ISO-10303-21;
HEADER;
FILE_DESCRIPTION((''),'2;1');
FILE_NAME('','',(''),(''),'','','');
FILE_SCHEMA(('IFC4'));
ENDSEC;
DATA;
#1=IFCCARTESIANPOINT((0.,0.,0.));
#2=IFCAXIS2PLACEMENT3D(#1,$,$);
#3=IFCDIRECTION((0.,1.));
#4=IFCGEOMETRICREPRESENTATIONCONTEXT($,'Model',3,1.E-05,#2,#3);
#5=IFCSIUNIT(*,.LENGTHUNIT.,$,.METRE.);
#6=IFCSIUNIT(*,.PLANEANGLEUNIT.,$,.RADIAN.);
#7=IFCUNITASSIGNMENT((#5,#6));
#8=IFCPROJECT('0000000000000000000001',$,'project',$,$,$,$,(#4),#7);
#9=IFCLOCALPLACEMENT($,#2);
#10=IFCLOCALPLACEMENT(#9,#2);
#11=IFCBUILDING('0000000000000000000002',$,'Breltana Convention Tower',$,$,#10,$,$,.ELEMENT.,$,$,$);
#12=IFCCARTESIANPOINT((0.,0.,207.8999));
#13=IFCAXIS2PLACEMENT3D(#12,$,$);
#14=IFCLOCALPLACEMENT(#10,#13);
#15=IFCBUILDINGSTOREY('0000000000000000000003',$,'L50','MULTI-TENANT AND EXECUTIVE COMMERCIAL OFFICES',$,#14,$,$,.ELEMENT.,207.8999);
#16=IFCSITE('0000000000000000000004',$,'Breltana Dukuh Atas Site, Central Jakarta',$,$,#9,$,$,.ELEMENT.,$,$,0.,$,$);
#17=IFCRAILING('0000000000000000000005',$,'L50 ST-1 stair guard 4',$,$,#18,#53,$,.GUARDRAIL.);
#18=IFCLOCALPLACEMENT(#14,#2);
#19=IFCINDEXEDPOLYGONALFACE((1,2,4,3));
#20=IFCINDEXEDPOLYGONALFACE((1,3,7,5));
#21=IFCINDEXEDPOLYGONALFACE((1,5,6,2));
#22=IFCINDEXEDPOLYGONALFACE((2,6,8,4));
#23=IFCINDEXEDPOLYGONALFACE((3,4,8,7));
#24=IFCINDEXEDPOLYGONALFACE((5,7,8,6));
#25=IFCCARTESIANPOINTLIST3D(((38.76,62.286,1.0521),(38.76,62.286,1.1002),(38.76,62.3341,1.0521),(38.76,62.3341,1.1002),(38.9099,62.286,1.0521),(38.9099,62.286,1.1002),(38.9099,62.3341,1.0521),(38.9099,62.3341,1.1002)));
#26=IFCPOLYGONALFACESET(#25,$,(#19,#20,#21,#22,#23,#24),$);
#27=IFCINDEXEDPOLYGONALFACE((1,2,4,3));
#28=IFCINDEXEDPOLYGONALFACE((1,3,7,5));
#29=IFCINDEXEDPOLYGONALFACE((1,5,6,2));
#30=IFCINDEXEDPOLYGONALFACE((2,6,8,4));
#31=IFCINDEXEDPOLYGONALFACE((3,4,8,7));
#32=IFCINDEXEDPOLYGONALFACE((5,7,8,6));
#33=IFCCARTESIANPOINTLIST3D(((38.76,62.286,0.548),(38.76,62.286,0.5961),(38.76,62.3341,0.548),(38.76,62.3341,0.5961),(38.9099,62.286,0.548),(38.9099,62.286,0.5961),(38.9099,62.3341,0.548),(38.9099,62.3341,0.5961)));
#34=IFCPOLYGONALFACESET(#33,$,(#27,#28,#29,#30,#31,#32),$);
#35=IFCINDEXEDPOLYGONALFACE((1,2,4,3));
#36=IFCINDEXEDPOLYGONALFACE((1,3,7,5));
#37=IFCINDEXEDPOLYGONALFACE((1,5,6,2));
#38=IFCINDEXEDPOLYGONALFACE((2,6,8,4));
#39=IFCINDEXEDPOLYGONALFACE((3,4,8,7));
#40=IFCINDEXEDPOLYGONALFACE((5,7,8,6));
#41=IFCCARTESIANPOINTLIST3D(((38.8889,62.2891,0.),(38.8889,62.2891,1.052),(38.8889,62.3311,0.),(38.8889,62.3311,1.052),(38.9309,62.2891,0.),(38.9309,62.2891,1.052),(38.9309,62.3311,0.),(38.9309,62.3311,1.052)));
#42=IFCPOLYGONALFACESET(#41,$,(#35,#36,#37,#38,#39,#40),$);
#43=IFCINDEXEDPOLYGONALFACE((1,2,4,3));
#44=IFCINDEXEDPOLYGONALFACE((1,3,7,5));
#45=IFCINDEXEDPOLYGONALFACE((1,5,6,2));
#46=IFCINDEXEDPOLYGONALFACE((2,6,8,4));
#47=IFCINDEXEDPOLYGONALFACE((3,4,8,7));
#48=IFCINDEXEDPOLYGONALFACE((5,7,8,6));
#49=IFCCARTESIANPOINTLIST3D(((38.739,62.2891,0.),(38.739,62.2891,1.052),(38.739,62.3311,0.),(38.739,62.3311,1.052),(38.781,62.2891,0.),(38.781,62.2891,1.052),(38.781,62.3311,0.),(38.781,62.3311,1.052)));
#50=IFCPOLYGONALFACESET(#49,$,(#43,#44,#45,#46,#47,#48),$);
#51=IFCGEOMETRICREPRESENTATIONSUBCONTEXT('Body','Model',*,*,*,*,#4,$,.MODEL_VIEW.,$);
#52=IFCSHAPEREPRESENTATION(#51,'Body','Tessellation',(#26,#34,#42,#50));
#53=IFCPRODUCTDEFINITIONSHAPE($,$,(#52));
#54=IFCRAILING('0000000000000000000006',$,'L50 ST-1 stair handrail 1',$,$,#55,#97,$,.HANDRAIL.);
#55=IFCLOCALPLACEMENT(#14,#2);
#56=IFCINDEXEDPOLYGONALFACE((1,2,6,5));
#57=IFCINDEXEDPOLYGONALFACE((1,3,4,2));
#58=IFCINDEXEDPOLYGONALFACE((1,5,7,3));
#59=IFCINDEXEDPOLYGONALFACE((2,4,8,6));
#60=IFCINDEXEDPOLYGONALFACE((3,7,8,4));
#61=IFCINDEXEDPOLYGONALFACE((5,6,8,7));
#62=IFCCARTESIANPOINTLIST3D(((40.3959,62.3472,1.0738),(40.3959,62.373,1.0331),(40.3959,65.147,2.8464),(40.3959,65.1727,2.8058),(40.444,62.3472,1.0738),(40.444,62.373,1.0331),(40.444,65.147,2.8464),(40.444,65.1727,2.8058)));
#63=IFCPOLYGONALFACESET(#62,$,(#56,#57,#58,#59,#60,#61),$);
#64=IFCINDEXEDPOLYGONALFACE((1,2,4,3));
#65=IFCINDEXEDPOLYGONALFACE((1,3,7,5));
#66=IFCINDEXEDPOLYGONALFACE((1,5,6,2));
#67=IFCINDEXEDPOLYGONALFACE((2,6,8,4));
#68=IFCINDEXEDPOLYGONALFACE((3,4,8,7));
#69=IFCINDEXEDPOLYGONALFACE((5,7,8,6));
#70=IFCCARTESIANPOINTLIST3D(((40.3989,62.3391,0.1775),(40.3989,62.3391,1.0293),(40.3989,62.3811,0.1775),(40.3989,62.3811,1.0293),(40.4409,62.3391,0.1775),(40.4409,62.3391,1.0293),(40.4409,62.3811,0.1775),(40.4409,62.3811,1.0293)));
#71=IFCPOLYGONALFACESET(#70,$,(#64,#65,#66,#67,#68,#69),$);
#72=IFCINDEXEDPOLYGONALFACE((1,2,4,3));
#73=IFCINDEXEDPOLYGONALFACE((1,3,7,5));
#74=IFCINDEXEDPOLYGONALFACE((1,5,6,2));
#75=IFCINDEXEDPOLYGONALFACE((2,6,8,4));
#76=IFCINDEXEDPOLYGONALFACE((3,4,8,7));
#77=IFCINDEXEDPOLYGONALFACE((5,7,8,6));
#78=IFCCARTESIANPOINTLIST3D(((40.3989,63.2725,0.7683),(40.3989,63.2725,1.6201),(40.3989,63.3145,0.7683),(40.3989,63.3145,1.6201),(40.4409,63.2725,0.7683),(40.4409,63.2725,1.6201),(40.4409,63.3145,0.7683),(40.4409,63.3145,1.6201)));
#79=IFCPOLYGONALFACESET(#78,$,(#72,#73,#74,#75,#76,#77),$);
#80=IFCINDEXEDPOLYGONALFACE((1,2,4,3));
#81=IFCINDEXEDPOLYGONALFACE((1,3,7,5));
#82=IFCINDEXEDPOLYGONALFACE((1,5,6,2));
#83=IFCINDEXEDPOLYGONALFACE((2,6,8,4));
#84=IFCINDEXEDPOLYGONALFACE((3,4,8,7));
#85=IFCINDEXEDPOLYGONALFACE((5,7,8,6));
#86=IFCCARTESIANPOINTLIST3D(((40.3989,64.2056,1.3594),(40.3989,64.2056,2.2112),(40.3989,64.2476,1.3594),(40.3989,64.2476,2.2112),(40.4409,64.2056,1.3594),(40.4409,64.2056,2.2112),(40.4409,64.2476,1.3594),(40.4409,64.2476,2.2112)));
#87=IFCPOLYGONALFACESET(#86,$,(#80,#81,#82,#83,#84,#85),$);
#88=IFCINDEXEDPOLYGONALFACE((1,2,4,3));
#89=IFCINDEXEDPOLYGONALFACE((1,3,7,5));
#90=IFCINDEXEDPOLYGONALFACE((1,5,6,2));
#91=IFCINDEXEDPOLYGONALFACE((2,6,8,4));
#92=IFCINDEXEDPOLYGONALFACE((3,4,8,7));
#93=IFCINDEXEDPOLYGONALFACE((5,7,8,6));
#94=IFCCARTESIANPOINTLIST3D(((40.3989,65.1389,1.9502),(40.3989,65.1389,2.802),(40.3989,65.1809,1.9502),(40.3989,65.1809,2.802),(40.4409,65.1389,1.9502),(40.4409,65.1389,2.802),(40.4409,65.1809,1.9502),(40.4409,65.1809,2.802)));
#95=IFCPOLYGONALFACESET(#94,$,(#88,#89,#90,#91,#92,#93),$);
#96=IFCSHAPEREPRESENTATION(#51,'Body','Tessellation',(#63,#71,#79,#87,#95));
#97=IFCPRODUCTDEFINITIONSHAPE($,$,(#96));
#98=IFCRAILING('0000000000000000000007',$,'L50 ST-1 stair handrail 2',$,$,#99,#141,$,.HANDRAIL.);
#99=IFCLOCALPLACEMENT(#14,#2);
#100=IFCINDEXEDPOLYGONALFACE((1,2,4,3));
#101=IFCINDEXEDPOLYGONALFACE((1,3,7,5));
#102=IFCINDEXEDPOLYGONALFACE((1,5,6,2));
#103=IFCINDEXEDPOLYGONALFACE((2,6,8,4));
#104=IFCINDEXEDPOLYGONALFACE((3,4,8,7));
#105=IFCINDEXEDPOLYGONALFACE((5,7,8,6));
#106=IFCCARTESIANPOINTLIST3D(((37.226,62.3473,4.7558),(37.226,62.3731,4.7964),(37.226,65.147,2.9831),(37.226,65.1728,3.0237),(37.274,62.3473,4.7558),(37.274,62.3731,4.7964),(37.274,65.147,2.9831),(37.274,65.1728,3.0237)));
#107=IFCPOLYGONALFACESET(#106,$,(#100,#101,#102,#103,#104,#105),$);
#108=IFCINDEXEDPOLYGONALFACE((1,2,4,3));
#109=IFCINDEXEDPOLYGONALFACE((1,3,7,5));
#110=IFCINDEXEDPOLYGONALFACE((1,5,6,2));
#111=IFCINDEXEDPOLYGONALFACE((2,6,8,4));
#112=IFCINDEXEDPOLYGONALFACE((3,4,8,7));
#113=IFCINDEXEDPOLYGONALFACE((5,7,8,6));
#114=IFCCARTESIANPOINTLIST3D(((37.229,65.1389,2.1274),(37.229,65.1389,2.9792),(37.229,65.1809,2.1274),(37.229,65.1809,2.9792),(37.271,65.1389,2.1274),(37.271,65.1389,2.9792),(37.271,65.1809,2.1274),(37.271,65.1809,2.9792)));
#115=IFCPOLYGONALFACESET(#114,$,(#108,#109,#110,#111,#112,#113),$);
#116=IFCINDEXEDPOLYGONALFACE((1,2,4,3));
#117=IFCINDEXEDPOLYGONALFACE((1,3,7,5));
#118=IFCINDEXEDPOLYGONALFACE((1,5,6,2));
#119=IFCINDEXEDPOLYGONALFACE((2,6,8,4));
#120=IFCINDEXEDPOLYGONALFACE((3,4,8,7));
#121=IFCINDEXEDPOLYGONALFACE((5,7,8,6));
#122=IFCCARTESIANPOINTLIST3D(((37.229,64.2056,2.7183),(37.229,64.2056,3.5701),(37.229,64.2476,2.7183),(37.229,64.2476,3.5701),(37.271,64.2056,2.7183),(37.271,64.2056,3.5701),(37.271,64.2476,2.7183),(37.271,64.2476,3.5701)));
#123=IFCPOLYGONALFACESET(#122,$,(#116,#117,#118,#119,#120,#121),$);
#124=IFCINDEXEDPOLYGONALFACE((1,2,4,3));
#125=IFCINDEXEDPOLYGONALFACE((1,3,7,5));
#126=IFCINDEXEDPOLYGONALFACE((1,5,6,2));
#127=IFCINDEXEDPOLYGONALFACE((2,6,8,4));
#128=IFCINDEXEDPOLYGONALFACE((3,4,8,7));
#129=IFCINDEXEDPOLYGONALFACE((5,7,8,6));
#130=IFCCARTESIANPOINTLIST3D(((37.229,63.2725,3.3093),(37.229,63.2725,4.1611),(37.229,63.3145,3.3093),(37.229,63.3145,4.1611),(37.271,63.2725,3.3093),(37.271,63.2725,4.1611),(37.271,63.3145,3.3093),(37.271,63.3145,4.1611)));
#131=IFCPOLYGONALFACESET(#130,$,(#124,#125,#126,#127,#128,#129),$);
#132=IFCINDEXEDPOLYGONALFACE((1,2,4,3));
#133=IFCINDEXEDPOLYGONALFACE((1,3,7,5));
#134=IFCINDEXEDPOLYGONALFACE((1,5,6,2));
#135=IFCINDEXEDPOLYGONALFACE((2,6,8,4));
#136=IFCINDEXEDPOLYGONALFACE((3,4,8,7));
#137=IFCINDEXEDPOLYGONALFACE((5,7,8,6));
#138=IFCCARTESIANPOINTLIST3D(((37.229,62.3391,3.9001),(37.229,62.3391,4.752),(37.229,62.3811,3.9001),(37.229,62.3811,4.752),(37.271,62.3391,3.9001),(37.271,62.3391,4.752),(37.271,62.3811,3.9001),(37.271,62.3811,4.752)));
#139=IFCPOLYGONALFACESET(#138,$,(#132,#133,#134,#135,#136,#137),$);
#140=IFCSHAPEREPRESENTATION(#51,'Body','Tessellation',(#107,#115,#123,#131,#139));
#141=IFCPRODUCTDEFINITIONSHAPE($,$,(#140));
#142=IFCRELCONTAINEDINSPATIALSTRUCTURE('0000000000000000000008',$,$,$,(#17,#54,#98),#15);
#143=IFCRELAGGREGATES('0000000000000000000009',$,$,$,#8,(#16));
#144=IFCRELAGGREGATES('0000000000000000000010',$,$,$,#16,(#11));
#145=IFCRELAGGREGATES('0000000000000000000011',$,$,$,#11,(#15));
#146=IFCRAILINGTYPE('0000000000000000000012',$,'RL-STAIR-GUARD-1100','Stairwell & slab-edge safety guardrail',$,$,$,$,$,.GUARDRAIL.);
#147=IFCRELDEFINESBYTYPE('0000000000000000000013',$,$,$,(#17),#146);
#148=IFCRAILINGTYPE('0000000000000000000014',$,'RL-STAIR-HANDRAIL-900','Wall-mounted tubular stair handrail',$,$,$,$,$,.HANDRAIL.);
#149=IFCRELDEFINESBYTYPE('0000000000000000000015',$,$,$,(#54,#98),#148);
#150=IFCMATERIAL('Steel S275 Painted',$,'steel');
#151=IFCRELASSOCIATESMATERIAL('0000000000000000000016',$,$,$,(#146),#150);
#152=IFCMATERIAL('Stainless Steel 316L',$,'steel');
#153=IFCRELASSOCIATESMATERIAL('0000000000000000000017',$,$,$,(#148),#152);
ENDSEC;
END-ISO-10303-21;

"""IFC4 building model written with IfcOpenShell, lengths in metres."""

from ifc_helpers import new_model, si_unit, direction, frame, origin, origin_2d, place, context, subcontext, project, spatial, rectangle, extrude, material, type_object, element, save


model = new_model("IFC4")

# Units and contexts
model_context = context("Model", 3, precision=1e-05, world=origin(), true_north=direction((0.0, 1.0)))
body_context = subcontext(model_context, "Body", "Model", "MODEL_VIEW")
ifc_project = project(units=[si_unit("LENGTHUNIT", "METRE"), si_unit("PLANEANGLEUNIT", "RADIAN")], contexts=[model_context])

# Site, building, storey
site_placement = place(None, origin())
site = spatial("IfcSite", under=ifc_project, at=site_placement, Name="Breltana Dukuh Atas Site, Central Jakarta", CompositionType="ELEMENT", RefElevation=0.0)
building_placement = place(site_placement, origin())
building = spatial("IfcBuilding", under=site, at=building_placement, Name="Breltana Convention Tower", CompositionType="ELEMENT")
storey_placement = place(building_placement, frame((0.0, 0.0, 207.8999)))
storey = spatial("IfcBuildingStorey", under=building, at=storey_placement, Name="L50", Description="MULTI-TENANT AND EXECUTIVE COMMERCIAL OFFICES", CompositionType="ELEMENT", Elevation=207.8999)

# Railings
ifc_material_1 = material(Name="Steel S275 Painted", Category="steel")
railing_type_1 = type_object("IfcRailingType", Name="RL-STAIR-GUARD-1100", Description="Stairwell & slab-edge safety guardrail", PredefinedType="GUARDRAIL", material=ifc_material_1)
railing_1_placement = place(storey_placement, frame((38.9099, 62.3101, 0.0)))
element("IfcRailing", 1, at=railing_1_placement, inside=storey, type_object=railing_type_1, Name="L50 ST-1 stair guard 4", PredefinedType="GUARDRAIL", context=body_context, shape_type="SweptSolid", body=[
    extrude(rectangle(XDim=0.0481, YDim=0.0481, at=origin_2d()), frame((0.0, 0.0, 1.0762), z_axis=(-1.0, 0.0, 0.0), x_axis=(0.0, -1.0, 0.0)), (0.0, 0.0, 1.0), 0.1499),
    extrude(rectangle(XDim=0.0481, YDim=0.0481, at=origin_2d()), frame((0.0, 0.0, 0.572), z_axis=(-1.0, 0.0, 0.0), x_axis=(0.0, -1.0, 0.0)), (0.0, 0.0, 1.0), 0.1499),
    extrude(rectangle(XDim=0.042, YDim=0.042, at=origin_2d()), origin(), (0.0, 0.0, 1.0), 1.052),
    extrude(rectangle(XDim=0.042, YDim=0.042, at=origin_2d()), frame((-0.1499, 0.0, 0.0)), (0.0, 0.0, 1.0), 1.052),
])
ifc_material_2 = material(Name="Stainless Steel 316L", Category="steel")
railing_type_2 = type_object("IfcRailingType", Name="RL-STAIR-HANDRAIL-900", Description="Wall-mounted tubular stair handrail", PredefinedType="HANDRAIL", material=ifc_material_2)
railing_2_placement = place(storey_placement, frame((40.4199, 62.3601, 0.1775)))
element("IfcRailing", 2, at=railing_2_placement, inside=storey, type_object=railing_type_2, Name="L50 ST-1 stair handrail 1", PredefinedType="HANDRAIL", context=body_context, shape_type="SweptSolid", body=[
    extrude(rectangle(XDim=0.0481, YDim=0.0481, at=origin_2d()), frame((0.0, 0.0, 0.876), z_axis=(0.0, 0.844888, 0.534943), x_axis=(-1.0, 0.0, 0.0)), (0.0, 0.0, 1.0), 3.3137),
    extrude(rectangle(XDim=0.042, YDim=0.042, at=origin_2d()), origin(), (0.0, 0.0, 1.0), 0.8518),
    extrude(rectangle(XDim=0.042, YDim=0.042, at=origin_2d()), frame((0.0, 0.9333, 0.5908)), (0.0, 0.0, 1.0), 0.8518),
    extrude(rectangle(XDim=0.042, YDim=0.042, at=origin_2d()), frame((0.0, 1.8665, 1.1819)), (0.0, 0.0, 1.0), 0.8518),
    extrude(rectangle(XDim=0.042, YDim=0.042, at=origin_2d()), frame((0.0, 2.7998, 1.7727)), (0.0, 0.0, 1.0), 0.8518),
])
railing_3_placement = place(storey_placement, frame((37.25, 65.1599, 2.1274)))
element("IfcRailing", 3, at=railing_3_placement, inside=storey, type_object=railing_type_2, Name="L50 ST-1 stair handrail 2", PredefinedType="HANDRAIL", context=body_context, shape_type="SweptSolid", body=[
    extrude(rectangle(XDim=0.0481, YDim=0.0481, at=origin_2d()), frame((0.0, 0.0, 0.876), z_axis=(0.0, -0.844888, 0.534943), x_axis=(1.0, 0.0, 0.0)), (0.0, 0.0, 1.0), 3.3137),
    extrude(rectangle(XDim=0.042, YDim=0.042, at=origin_2d()), origin(), (0.0, 0.0, 1.0), 0.8518),
    extrude(rectangle(XDim=0.042, YDim=0.042, at=origin_2d()), frame((0.0, -0.9333, 0.5908)), (0.0, 0.0, 1.0), 0.8518),
    extrude(rectangle(XDim=0.042, YDim=0.042, at=origin_2d()), frame((0.0, -1.8665, 1.1819)), (0.0, 0.0, 1.0), 0.8518),
    extrude(rectangle(XDim=0.042, YDim=0.042, at=origin_2d()), frame((0.0, -2.7998, 1.7727)), (0.0, 0.0, 1.0), 0.8518),
])

save(model, "model.ifc")
